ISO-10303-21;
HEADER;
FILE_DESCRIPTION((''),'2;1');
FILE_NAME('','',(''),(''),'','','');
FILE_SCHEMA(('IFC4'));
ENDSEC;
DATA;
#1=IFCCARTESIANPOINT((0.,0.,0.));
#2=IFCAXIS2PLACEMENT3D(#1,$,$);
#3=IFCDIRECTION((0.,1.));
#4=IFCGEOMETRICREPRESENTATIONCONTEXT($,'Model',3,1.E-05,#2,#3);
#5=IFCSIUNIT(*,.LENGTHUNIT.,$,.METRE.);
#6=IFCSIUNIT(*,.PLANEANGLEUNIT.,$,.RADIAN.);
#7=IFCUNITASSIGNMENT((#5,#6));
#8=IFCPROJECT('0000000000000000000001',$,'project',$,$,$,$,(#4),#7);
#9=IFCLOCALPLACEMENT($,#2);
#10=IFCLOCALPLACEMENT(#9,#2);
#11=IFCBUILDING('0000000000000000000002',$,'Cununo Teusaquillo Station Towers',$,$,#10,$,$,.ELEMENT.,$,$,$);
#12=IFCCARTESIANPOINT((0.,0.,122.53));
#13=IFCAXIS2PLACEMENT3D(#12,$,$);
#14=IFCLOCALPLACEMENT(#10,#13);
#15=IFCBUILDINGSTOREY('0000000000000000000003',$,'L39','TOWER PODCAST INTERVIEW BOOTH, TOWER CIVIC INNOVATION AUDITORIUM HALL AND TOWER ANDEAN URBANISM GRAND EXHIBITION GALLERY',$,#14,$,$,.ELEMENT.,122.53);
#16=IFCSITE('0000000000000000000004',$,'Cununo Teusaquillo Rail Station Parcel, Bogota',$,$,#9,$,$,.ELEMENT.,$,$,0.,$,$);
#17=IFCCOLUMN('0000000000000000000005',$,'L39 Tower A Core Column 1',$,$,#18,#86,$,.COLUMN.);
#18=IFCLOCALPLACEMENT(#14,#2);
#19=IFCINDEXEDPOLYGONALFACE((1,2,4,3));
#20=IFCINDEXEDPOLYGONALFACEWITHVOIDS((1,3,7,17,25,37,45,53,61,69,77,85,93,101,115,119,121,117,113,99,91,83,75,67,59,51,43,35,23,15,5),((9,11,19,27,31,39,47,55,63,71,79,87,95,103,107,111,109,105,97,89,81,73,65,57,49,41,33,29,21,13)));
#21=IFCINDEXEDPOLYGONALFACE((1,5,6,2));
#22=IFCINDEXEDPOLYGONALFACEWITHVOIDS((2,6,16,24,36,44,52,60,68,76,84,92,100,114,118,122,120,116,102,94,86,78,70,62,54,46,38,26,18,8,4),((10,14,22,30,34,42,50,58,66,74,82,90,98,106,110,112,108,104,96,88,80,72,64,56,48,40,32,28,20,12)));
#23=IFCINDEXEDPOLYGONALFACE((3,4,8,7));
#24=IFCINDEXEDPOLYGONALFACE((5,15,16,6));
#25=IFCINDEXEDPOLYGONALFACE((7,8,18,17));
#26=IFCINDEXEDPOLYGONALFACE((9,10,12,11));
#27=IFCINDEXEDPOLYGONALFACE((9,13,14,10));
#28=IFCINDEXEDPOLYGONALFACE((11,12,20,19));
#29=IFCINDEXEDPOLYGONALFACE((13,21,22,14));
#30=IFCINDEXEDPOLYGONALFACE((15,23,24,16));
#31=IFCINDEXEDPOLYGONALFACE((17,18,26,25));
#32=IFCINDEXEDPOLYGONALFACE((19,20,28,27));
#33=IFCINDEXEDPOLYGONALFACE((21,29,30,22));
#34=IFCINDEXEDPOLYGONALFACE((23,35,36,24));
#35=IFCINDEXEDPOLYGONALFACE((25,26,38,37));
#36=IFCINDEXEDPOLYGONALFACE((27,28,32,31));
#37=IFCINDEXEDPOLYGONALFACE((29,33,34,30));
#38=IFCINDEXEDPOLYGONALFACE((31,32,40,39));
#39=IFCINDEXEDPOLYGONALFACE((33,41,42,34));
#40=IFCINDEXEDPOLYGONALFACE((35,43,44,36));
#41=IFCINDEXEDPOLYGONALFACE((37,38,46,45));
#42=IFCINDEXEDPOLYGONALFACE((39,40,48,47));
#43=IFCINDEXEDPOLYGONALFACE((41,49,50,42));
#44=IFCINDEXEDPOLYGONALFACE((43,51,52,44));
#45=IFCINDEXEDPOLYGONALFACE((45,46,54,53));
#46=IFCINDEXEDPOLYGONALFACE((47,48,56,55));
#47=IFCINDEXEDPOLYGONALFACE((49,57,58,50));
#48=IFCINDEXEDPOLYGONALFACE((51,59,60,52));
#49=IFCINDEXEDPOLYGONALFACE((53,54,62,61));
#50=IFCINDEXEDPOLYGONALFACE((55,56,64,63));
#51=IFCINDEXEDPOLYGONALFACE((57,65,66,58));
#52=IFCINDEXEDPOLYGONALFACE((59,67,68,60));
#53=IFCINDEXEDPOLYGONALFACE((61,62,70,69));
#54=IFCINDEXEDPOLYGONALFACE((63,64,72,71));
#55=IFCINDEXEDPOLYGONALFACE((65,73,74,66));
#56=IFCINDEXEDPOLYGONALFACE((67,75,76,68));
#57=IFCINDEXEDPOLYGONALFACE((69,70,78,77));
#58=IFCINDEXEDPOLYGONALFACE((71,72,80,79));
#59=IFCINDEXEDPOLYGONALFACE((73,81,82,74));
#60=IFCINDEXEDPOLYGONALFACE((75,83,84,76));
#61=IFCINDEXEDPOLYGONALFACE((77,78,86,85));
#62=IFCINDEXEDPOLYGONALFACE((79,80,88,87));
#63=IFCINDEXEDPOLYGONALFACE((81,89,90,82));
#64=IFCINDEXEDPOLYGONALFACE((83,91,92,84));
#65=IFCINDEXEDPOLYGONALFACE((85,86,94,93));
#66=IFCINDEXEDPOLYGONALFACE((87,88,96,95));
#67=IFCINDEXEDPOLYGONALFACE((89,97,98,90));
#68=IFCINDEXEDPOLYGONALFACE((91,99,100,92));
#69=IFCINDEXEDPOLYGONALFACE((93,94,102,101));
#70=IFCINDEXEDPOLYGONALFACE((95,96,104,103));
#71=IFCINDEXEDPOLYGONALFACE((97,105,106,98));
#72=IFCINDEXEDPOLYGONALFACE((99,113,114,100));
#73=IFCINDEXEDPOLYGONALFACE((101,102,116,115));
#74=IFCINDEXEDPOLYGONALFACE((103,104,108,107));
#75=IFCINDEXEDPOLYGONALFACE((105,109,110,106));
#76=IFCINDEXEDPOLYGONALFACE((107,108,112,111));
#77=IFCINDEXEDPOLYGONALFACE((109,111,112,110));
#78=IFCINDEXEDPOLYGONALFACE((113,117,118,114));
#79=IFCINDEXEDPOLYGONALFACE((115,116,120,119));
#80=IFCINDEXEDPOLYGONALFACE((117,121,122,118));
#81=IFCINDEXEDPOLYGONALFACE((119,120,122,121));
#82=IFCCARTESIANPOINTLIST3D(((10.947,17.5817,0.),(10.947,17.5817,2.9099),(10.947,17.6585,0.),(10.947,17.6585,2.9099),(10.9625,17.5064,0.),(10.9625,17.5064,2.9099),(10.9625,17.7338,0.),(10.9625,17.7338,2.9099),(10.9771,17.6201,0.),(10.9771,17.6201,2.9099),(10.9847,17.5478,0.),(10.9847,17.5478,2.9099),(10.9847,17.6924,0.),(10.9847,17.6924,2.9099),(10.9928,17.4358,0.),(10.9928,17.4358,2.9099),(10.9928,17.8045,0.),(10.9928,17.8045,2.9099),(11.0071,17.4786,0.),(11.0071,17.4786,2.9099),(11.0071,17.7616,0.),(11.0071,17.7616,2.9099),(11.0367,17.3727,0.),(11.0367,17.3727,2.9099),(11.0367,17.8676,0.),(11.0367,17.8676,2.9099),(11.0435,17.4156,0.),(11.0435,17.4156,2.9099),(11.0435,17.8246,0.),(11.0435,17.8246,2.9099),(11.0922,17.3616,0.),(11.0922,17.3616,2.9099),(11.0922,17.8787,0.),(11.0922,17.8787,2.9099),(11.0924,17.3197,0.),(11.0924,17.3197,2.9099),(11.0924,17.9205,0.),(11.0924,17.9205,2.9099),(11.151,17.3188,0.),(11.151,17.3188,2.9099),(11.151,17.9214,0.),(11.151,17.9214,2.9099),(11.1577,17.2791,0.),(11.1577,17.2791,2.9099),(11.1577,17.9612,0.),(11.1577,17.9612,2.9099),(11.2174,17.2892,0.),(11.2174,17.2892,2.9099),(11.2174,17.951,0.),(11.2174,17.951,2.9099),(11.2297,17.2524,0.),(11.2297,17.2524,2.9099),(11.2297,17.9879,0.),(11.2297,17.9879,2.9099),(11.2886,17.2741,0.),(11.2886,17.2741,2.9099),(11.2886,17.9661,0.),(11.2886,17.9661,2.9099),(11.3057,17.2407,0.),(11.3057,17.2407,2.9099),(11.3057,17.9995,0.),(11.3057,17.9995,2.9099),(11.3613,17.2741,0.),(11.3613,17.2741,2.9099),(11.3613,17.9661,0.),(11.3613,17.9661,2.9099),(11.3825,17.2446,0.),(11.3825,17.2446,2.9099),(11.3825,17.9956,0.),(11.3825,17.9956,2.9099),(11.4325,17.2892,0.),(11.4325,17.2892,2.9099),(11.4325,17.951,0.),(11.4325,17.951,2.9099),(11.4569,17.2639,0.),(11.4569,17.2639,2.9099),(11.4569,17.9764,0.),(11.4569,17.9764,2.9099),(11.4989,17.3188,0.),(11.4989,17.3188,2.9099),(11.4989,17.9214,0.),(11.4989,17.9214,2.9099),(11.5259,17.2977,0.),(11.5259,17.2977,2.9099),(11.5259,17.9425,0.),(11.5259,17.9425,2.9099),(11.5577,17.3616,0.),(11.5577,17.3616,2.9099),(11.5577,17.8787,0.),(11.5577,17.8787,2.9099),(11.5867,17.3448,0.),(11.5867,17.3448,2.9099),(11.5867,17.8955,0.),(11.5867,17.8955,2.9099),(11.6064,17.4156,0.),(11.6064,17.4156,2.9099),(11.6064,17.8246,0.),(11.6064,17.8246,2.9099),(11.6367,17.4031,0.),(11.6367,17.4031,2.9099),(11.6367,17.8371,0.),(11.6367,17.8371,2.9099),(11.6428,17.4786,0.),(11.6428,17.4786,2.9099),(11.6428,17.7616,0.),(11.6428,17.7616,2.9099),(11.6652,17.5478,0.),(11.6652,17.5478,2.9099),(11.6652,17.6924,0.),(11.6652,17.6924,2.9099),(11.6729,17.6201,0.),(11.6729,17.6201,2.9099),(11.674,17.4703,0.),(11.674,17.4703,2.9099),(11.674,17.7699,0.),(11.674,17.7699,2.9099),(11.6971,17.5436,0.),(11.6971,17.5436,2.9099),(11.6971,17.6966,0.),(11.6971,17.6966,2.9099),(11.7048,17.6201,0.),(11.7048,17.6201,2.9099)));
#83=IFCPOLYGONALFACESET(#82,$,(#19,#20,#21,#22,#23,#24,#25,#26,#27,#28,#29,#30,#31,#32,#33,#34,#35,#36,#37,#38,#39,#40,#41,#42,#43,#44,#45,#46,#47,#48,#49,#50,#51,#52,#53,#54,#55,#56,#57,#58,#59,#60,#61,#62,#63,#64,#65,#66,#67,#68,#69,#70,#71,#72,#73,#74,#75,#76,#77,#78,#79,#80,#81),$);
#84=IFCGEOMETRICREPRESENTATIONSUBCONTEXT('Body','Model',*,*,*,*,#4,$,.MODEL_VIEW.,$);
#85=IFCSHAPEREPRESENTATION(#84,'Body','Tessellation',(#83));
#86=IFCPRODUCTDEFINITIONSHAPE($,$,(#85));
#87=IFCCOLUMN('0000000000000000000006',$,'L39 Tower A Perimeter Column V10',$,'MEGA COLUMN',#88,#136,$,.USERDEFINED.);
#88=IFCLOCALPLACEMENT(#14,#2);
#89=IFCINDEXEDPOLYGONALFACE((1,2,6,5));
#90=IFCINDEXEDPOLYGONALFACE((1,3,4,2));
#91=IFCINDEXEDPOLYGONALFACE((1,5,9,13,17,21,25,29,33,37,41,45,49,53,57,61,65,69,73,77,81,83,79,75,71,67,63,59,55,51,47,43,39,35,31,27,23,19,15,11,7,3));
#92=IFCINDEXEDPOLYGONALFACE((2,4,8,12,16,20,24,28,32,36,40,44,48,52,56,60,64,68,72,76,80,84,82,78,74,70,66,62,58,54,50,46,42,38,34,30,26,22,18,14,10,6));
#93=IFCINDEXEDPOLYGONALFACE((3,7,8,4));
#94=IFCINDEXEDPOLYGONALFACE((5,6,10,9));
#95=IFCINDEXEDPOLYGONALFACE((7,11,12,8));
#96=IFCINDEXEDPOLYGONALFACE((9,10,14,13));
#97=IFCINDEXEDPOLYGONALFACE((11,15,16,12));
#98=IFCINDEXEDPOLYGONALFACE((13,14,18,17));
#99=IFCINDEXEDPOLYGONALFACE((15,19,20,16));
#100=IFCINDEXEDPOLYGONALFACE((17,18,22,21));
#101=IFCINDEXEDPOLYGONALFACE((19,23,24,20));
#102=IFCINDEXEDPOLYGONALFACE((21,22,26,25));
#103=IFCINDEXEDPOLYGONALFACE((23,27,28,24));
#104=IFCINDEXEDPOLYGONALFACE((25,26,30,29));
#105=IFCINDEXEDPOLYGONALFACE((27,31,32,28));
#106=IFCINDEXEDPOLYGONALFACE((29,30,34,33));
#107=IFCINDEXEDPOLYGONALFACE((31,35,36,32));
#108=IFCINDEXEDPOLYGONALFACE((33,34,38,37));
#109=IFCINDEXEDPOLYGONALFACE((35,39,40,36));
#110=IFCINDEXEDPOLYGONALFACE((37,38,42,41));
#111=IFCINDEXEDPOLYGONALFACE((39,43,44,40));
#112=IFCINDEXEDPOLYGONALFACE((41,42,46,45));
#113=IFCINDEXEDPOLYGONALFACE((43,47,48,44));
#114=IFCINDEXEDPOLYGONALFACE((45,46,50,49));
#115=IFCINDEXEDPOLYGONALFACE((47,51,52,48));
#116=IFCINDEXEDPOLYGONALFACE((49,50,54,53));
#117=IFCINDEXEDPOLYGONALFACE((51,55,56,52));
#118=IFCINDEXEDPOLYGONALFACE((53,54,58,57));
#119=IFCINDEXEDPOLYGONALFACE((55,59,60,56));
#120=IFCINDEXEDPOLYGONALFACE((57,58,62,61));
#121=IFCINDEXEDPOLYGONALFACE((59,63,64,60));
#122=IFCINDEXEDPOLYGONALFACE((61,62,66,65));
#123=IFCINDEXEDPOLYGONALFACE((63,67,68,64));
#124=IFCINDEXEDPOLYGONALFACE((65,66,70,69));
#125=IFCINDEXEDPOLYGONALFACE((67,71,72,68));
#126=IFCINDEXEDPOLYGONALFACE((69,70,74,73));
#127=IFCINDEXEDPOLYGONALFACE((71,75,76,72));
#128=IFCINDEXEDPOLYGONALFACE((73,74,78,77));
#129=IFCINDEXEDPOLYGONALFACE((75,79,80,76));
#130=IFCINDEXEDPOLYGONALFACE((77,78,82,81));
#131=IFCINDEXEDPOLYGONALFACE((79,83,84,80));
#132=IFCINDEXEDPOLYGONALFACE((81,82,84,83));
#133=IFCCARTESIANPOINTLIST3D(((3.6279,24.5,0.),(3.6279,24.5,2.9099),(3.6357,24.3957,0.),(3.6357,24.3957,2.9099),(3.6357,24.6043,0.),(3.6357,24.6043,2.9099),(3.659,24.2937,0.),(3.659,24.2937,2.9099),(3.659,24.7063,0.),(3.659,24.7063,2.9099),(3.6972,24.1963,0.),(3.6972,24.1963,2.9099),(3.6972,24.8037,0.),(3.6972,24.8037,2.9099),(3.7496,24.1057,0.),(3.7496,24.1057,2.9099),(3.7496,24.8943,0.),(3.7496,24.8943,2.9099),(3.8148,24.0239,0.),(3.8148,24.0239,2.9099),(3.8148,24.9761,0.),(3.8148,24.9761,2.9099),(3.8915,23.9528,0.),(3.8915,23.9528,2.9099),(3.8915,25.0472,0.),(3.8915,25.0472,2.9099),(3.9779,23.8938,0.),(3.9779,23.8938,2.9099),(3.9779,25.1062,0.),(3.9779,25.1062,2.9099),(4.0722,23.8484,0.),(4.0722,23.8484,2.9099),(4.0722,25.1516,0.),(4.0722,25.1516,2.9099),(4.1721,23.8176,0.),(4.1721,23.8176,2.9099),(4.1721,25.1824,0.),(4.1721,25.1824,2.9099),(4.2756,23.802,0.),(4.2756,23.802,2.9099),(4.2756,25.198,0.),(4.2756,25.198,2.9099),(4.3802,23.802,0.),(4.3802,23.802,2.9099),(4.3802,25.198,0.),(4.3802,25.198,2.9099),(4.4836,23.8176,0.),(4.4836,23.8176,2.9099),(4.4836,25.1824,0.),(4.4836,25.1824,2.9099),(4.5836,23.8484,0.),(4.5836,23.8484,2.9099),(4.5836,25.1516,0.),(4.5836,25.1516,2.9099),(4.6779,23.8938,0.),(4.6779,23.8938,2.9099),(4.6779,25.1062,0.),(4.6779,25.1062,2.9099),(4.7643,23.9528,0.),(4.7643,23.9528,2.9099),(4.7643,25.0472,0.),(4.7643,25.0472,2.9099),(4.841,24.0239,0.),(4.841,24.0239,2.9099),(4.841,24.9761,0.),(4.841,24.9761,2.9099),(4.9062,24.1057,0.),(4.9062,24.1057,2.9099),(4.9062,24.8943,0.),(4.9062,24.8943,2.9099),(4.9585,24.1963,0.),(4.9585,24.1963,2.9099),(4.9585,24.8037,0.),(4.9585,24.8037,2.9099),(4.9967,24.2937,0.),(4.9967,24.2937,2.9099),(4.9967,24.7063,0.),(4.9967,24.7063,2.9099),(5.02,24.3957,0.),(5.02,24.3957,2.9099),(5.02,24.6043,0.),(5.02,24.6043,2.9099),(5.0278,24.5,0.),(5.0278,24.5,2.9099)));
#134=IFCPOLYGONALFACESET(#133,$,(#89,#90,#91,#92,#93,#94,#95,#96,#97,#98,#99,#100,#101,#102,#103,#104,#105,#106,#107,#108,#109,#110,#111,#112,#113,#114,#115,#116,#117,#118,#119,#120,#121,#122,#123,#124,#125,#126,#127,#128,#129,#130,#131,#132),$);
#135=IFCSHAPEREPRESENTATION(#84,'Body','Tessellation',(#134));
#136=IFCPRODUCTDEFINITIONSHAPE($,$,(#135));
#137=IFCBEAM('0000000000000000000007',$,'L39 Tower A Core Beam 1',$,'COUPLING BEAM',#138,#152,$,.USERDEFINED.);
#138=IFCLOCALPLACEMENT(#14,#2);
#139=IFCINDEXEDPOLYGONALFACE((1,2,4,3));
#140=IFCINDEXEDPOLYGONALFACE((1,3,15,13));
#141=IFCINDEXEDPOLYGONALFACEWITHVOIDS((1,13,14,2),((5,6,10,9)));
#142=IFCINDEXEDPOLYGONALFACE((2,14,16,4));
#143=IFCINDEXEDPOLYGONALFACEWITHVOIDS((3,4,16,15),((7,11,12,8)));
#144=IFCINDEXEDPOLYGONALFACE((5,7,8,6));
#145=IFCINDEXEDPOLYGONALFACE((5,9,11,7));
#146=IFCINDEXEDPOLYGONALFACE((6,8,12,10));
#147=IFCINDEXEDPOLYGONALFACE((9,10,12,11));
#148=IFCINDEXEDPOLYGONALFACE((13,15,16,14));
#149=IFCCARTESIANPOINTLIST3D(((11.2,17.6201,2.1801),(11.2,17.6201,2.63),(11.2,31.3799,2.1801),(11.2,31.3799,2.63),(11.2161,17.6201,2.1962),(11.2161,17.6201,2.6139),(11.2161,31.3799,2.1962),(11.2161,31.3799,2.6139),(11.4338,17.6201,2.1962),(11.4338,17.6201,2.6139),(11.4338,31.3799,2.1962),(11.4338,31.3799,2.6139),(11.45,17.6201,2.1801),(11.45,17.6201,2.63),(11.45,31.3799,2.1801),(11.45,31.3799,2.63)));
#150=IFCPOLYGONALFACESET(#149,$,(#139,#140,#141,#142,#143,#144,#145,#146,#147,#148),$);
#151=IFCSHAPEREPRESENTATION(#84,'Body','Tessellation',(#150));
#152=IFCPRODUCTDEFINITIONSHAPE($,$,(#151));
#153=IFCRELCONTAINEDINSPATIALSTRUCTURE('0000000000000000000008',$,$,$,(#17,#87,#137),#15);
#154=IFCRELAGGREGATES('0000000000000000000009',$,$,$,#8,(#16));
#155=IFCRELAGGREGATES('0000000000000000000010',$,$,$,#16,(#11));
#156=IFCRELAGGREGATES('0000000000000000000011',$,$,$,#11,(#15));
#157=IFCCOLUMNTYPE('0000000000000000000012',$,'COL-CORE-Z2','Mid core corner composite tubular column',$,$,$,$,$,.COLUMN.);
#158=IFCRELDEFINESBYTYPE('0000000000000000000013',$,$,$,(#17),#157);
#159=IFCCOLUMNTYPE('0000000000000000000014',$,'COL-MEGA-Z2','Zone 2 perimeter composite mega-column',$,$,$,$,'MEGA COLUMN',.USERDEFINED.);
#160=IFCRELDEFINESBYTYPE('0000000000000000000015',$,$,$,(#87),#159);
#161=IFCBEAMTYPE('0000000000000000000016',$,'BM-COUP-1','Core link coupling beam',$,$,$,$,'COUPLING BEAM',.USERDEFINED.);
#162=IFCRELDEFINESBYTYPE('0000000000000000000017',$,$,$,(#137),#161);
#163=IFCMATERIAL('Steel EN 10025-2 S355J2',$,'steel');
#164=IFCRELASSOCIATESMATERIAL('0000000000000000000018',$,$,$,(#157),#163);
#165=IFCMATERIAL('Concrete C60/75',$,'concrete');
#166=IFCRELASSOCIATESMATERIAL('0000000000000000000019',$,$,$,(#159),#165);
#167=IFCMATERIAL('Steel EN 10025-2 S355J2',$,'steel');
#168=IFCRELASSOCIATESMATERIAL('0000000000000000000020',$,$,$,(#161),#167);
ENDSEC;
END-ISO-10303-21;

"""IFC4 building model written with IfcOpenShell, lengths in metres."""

from ifc_helpers import new_model, si_unit, direction, frame, origin, origin_2d, place, context, subcontext, project, spatial, hollow_rectangle, circle, hollow_circle, extrude, material, material_profile, profile_set, type_object, element, save


model = new_model("IFC4")

# Units and contexts
model_context = context("Model", 3, precision=1e-05, world=origin(), true_north=direction((0.0, 1.0)))
body_context = subcontext(model_context, "Body", "Model", "MODEL_VIEW")
ifc_project = project(units=[si_unit("LENGTHUNIT", "METRE"), si_unit("PLANEANGLEUNIT", "RADIAN")], contexts=[model_context])

# Site, building, storey
site_placement = place(None, origin())
site = spatial("IfcSite", under=ifc_project, at=site_placement, Name="Cununo Teusaquillo Rail Station Parcel, Bogota", CompositionType="ELEMENT", RefElevation=0.0)
building_placement = place(site_placement, origin())
building = spatial("IfcBuilding", under=site, at=building_placement, Name="Cununo Teusaquillo Station Towers", CompositionType="ELEMENT")
storey_placement = place(building_placement, frame((0.0, 0.0, 122.53)))
storey = spatial("IfcBuildingStorey", under=building, at=storey_placement, Name="L39", Description="TOWER PODCAST INTERVIEW BOOTH, TOWER CIVIC INNOVATION AUDITORIUM HALL AND TOWER ANDEAN URBANISM GRAND EXHIBITION GALLERY", CompositionType="ELEMENT", Elevation=122.53)

# Columns
ifc_material_1 = material(Name="Steel EN 10025-2 S355J2", Category="steel")
ifc_material_profile_1 = material_profile(ifc_material_1, hollow_circle(Radius=0.3799, WallThickness=0.032, at=origin_2d()), Name="CHS 760x32")
ifc_profile_set_1 = profile_set([ifc_material_profile_1], Name="Steel EN 10025-2 S355J2")
column_type_1 = type_object("IfcColumnType", Name="COL-CORE-Z2", Description="Mid core corner composite tubular column", PredefinedType="COLUMN", material=ifc_profile_set_1)
column_1_placement = place(storey_placement, frame((11.325, 17.6201, 0.0), z_axis=(0.0, 0.0, 1.0), x_axis=(1.0, 0.0, 0.0)))
element("IfcColumn", 1, at=column_1_placement, inside=storey, type_object=column_type_1, Name="L39 Tower A Core Column 1", PredefinedType="COLUMN", context=body_context, shape_type="SweptSolid", body=[
    extrude(hollow_circle(Radius=0.3799, WallThickness=0.032, at=origin_2d()), origin(), (0.0, 0.0, 1.0), 2.9099),
])
ifc_material_2 = material(Name="Concrete C60/75", Category="concrete")
ifc_material_profile_2 = material_profile(ifc_material_2, circle(Radius=0.7, at=origin_2d()), Name="RC-CIRC-1400")
ifc_profile_set_2 = profile_set([ifc_material_profile_2], Name="Concrete C60/75")
column_type_2 = type_object("IfcColumnType", Name="COL-MEGA-Z2", Description="Zone 2 perimeter composite mega-column", ElementType="MEGA COLUMN", PredefinedType="USERDEFINED", material=ifc_profile_set_2)
column_2_placement = place(storey_placement, frame((4.3279, 24.5, 0.0), z_axis=(0.0, 0.0, 1.0), x_axis=(1.0, 0.0, 0.0)))
element("IfcColumn", 2, at=column_2_placement, inside=storey, type_object=column_type_2, Name="L39 Tower A Perimeter Column V10", ObjectType="MEGA COLUMN", PredefinedType="USERDEFINED", context=body_context, shape_type="SweptSolid", body=[
    extrude(circle(Radius=0.7, at=origin_2d()), origin(), (0.0, 0.0, 1.0), 2.9099),
])

# Beam
ifc_material_3 = material(Name="Steel EN 10025-2 S355J2", Category="steel")
ifc_material_profile_3 = material_profile(ifc_material_3, hollow_rectangle(XDim=0.25, YDim=0.45, WallThickness=0.0161, at=origin_2d()), Name="RHS 450x250x16")
ifc_profile_set_3 = profile_set([ifc_material_profile_3], Name="Steel EN 10025-2 S355J2")
beam_type_1 = type_object("IfcBeamType", Name="BM-COUP-1", Description="Core link coupling beam", ElementType="COUPLING BEAM", PredefinedType="USERDEFINED", material=ifc_profile_set_3)
beam_1_placement = place(storey_placement, frame((11.325, 17.6201, 2.405), z_axis=(0.0, 1.0, 0.0), x_axis=(-1.0, 0.0, 0.0)))
element("IfcBeam", 3, at=beam_1_placement, inside=storey, type_object=beam_type_1, Name="L39 Tower A Core Beam 1", ObjectType="COUPLING BEAM", PredefinedType="USERDEFINED", context=body_context, shape_type="SweptSolid", body=[
    extrude(hollow_rectangle(XDim=0.25, YDim=0.45, WallThickness=0.0161, at=origin_2d()), origin(), (0.0, 0.0, 1.0), 13.7598),
])

save(model, "model.ifc")
